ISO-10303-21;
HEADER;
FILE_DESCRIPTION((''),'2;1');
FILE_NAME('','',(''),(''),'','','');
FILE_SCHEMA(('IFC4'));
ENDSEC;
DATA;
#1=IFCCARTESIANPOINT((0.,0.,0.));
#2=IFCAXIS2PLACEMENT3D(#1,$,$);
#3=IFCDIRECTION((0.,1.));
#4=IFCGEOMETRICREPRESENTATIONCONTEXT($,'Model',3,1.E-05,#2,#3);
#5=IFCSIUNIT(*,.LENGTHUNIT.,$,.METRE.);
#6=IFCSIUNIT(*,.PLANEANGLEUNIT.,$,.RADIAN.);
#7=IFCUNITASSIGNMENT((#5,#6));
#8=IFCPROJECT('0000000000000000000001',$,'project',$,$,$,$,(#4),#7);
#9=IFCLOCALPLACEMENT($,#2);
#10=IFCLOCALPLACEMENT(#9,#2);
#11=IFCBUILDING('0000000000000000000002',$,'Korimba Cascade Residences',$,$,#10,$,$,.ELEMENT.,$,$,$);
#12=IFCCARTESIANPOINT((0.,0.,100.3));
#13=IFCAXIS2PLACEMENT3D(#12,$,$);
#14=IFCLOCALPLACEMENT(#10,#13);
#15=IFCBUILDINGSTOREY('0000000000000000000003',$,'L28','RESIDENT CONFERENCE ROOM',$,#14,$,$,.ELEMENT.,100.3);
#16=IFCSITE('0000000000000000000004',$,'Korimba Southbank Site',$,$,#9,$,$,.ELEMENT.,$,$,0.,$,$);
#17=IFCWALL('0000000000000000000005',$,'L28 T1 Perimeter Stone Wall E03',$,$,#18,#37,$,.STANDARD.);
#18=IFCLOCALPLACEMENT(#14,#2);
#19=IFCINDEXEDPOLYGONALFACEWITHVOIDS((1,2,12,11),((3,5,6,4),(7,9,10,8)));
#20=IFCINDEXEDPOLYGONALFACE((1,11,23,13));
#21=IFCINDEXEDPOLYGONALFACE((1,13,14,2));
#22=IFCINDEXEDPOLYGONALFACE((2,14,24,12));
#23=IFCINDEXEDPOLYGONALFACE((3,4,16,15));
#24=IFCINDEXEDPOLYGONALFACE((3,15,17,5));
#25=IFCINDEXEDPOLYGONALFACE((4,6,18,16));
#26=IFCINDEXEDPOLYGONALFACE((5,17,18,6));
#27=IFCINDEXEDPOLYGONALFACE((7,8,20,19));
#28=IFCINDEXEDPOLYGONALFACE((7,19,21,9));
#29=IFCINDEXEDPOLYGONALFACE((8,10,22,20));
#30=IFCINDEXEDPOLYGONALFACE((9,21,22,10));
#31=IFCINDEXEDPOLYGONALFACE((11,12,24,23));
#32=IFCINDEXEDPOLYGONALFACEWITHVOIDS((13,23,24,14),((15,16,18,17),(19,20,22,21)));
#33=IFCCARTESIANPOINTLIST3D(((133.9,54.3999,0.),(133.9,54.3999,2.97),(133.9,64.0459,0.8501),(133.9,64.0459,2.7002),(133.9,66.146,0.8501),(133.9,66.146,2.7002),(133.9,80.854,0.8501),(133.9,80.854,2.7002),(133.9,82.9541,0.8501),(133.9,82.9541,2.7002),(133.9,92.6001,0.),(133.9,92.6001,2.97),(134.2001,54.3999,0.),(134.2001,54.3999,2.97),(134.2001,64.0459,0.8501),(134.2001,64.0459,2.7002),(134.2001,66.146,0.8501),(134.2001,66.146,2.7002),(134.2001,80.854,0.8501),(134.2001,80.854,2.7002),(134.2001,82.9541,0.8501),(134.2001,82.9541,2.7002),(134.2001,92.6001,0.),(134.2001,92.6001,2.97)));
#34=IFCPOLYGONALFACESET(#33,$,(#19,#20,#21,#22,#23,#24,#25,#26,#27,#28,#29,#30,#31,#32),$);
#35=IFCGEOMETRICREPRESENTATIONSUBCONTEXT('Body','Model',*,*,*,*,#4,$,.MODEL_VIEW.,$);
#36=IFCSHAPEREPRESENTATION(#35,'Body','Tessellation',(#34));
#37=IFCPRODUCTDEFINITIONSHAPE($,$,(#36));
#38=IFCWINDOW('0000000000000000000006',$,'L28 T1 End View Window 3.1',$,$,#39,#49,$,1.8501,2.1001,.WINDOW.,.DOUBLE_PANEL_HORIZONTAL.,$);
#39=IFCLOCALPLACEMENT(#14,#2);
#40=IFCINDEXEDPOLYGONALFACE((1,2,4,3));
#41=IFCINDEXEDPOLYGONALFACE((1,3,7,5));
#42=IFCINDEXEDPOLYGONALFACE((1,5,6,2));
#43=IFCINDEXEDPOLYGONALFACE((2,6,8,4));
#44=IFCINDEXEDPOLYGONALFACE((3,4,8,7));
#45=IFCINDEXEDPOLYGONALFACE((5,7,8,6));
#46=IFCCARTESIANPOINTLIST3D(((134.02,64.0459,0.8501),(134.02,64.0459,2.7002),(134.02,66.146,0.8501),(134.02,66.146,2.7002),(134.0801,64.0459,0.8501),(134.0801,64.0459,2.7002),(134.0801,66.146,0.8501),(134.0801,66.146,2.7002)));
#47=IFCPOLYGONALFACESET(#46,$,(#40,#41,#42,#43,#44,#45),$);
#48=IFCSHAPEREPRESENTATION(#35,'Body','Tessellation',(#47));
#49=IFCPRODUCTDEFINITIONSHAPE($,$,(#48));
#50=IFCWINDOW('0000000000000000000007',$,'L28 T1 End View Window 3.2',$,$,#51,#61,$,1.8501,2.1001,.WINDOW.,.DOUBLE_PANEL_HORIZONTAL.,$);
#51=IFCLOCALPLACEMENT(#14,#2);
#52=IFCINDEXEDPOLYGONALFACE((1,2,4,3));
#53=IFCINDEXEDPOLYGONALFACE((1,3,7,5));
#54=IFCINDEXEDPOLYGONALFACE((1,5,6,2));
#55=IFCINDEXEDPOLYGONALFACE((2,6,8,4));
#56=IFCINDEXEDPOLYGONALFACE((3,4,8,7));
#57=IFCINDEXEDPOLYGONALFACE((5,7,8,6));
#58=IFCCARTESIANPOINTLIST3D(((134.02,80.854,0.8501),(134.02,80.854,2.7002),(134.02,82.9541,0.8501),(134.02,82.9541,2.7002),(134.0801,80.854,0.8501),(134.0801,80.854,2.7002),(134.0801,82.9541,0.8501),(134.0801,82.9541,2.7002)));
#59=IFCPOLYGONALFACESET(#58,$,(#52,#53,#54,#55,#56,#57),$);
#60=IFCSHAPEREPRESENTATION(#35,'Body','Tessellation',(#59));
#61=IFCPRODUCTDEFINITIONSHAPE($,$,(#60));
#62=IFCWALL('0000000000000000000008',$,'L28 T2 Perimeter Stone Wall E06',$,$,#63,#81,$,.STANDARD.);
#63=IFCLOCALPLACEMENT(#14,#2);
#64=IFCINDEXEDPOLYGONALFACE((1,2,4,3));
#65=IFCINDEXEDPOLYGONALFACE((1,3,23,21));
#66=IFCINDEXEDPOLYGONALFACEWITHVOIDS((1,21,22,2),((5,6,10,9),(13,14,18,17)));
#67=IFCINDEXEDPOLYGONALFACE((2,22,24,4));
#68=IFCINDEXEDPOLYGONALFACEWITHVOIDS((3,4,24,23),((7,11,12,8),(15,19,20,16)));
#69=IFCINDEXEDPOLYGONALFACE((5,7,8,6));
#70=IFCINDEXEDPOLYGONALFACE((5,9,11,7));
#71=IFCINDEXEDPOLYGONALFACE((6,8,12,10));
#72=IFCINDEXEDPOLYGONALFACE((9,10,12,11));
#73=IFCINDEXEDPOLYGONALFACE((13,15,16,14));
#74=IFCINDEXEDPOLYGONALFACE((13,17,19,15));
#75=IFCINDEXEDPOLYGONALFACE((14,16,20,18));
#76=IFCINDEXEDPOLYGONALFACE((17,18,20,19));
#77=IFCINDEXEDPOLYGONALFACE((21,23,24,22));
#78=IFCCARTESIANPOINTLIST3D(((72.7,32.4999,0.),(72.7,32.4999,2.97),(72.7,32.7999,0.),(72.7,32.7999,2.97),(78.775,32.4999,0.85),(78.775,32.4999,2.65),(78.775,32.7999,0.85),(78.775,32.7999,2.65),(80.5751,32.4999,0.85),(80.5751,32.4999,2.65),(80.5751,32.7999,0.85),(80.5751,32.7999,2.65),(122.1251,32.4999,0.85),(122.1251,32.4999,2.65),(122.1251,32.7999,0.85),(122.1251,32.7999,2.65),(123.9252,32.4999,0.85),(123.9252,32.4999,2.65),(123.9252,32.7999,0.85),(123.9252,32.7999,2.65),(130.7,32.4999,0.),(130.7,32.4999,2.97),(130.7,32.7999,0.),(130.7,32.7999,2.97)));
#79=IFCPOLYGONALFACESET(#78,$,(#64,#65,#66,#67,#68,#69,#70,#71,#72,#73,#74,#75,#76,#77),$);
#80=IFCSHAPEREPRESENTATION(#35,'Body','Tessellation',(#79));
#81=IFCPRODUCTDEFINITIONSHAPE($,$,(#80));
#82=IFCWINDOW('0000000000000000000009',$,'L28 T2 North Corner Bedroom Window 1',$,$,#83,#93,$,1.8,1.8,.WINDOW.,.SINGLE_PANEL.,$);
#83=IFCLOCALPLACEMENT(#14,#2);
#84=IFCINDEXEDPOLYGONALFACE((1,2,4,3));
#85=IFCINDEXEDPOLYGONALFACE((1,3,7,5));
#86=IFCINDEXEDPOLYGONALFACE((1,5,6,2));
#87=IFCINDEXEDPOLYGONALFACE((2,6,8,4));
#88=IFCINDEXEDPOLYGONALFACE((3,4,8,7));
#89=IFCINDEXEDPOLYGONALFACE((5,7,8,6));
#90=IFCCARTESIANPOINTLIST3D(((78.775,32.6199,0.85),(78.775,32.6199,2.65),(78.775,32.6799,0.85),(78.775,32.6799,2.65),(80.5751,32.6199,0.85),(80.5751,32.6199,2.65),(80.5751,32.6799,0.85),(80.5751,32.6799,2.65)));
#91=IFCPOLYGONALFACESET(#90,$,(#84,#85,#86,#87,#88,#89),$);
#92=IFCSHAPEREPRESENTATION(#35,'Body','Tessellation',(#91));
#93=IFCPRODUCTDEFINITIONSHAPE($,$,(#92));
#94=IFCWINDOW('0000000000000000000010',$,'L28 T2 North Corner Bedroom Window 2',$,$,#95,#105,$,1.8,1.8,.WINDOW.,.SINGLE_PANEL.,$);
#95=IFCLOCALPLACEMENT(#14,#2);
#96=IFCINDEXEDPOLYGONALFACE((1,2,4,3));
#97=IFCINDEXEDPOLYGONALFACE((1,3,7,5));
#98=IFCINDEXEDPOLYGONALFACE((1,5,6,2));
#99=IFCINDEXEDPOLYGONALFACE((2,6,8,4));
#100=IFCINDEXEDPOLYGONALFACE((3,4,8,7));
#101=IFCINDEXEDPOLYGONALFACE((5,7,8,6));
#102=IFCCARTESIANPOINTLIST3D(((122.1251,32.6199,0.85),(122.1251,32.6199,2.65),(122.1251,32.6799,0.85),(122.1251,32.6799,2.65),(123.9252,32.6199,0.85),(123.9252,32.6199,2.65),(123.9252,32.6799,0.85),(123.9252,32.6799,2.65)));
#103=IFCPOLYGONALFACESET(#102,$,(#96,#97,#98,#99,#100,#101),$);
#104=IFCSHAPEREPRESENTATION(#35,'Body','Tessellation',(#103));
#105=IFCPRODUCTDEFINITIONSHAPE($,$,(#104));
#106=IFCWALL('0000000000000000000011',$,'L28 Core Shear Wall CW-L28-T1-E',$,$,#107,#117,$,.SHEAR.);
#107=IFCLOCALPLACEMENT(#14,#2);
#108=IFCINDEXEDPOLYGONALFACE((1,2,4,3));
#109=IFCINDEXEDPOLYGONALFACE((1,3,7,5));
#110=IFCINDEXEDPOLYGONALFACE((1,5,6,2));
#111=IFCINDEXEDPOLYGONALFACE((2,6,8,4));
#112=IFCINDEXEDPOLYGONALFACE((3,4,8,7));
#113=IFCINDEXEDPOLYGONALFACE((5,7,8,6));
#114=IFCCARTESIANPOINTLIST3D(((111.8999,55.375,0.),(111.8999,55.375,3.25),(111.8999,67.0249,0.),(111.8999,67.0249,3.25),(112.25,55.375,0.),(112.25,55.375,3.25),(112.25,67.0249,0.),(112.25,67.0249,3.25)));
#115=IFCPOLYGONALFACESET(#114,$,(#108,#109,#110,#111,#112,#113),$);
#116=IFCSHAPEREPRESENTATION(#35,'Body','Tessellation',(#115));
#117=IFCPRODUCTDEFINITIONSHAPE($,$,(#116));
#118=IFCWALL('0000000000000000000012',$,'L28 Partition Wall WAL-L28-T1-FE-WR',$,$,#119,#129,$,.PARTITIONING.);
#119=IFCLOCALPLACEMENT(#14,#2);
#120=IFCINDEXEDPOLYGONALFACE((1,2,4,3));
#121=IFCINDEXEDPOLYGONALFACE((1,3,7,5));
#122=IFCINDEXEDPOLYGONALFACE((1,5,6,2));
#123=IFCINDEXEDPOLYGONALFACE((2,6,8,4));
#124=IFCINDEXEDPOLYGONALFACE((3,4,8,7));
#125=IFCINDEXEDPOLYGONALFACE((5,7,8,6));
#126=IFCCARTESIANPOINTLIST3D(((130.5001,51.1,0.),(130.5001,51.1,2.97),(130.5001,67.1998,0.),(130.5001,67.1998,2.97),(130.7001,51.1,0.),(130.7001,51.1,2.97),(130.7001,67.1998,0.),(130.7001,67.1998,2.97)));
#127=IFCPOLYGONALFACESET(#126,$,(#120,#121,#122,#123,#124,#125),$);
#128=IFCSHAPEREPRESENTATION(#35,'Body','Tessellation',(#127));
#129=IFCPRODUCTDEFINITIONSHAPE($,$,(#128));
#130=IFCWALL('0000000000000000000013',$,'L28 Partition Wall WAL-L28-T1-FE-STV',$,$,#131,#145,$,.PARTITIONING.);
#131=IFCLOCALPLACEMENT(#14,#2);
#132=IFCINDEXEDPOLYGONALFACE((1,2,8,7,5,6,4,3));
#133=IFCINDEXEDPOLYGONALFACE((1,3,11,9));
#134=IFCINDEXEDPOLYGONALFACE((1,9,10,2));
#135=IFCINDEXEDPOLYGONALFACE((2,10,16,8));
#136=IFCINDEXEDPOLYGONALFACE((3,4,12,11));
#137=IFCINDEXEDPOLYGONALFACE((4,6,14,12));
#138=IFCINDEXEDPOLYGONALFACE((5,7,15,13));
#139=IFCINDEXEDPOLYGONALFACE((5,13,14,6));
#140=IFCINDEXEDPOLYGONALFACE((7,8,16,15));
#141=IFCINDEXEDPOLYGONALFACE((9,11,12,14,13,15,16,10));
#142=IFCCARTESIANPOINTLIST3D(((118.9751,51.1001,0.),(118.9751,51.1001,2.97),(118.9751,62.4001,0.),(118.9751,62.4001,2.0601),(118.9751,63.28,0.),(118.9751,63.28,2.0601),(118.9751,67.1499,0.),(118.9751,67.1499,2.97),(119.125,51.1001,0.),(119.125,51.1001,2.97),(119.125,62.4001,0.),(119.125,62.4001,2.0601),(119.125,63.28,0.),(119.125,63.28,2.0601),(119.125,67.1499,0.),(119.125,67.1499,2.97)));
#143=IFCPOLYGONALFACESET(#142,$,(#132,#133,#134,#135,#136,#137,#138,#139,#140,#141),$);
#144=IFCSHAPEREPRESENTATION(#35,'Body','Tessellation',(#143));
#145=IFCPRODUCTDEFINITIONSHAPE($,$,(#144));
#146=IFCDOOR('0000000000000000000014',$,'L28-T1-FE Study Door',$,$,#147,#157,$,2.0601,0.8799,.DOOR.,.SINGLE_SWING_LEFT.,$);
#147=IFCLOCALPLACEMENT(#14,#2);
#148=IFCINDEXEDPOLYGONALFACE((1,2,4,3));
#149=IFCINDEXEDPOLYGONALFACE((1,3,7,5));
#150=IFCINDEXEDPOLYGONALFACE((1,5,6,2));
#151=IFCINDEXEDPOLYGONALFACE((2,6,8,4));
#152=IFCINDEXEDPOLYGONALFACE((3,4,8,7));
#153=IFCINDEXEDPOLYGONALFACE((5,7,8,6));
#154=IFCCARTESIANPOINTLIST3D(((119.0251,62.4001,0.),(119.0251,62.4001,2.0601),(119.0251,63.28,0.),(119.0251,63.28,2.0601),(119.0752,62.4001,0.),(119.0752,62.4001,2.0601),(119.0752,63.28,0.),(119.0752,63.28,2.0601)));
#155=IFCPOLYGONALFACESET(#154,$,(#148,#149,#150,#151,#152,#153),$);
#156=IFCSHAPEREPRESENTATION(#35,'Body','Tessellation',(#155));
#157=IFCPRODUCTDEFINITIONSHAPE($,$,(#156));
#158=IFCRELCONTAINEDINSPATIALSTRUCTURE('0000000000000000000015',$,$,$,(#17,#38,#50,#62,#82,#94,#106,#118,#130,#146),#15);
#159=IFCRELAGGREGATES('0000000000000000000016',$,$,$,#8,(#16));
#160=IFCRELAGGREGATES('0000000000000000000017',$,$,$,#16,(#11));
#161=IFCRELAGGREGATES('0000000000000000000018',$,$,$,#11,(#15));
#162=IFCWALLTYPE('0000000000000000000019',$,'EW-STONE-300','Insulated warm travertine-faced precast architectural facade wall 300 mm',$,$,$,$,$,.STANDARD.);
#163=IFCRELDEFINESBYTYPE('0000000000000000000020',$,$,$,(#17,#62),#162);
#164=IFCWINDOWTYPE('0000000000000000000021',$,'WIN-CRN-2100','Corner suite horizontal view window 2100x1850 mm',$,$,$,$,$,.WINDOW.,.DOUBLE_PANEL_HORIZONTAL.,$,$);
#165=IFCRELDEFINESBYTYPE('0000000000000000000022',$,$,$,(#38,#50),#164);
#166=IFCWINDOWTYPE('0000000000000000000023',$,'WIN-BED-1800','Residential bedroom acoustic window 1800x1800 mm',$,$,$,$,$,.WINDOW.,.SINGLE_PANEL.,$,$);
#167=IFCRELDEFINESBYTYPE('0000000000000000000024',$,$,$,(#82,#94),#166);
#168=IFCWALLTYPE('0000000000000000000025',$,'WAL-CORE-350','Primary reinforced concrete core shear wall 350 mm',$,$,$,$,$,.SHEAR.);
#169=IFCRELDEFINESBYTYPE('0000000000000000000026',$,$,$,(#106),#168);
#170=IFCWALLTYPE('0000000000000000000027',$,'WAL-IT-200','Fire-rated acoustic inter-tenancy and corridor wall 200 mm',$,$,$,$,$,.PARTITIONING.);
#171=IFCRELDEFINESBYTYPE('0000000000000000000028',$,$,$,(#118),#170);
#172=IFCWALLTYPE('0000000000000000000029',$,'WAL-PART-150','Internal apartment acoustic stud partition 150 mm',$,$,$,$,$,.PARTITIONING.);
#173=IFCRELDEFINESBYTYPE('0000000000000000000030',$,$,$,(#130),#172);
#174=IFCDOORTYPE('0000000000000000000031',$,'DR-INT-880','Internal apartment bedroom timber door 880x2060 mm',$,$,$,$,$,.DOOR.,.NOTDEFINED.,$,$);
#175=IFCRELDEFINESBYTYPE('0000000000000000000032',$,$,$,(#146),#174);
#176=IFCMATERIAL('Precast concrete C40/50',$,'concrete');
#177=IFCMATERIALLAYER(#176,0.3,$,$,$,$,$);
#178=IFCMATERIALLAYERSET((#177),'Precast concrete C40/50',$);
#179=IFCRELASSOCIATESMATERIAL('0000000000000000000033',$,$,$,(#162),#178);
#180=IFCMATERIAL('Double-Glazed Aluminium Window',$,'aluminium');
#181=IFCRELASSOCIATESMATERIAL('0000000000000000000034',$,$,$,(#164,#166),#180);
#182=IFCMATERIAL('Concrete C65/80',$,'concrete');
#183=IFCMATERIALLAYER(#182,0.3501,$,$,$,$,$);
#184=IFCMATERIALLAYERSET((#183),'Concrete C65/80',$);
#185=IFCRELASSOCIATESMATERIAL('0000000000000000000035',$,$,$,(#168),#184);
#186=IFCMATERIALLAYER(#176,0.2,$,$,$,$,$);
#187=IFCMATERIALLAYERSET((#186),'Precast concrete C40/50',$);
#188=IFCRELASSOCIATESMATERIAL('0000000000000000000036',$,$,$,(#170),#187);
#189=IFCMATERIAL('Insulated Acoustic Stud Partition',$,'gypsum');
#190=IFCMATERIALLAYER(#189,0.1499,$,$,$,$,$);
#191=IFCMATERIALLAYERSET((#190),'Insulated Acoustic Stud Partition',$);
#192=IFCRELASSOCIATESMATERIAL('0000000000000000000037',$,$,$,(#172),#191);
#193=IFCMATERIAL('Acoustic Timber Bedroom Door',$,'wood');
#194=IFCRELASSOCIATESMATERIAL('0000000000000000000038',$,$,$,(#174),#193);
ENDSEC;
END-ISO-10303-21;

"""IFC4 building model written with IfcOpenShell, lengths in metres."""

from ifc_helpers import new_model, si_unit, direction, frame, frame_2d, origin, place, context, subcontext, project, spatial, rectangle, extrude, material, layer, layer_set, type_object, element, fill, save


model = new_model("IFC4")

# Units and contexts
model_context = context("Model", 3, precision=1e-05, world=origin(), true_north=direction((0.0, 1.0)))
body_context = subcontext(model_context, "Body", "Model", "MODEL_VIEW")
ifc_project = project(units=[si_unit("LENGTHUNIT", "METRE"), si_unit("PLANEANGLEUNIT", "RADIAN")], contexts=[model_context])

# Site, building, storey
site_placement = place(None, origin())
site = spatial("IfcSite", under=ifc_project, at=site_placement, Name="Korimba Southbank Site", CompositionType="ELEMENT", RefElevation=0.0)
building_placement = place(site_placement, origin())
building = spatial("IfcBuilding", under=site, at=building_placement, Name="Korimba Cascade Residences", CompositionType="ELEMENT")
storey_placement = place(building_placement, frame((0.0, 0.0, 100.3)))
storey = spatial("IfcBuildingStorey", under=building, at=storey_placement, Name="L28", Description="RESIDENT CONFERENCE ROOM", CompositionType="ELEMENT", Elevation=100.3)

# Shared definitions
ifc_material_1 = material(Name="Concrete C65/80", Category="concrete")

# Shared definitions
ifc_material_2 = material(Name="Precast concrete C40/50", Category="concrete")
ifc_layer_1 = layer(ifc_material_2, 0.3)
ifc_layer_set_1 = layer_set([ifc_layer_1], Name="Precast concrete C40/50")
wall_type_1 = type_object("IfcWallType", Name="EW-STONE-300", Description="Insulated warm travertine-faced precast architectural facade wall 300 mm", PredefinedType="STANDARD", material=ifc_layer_set_1)

# Walls, openings, windows
wall_1_placement = place(storey_placement, frame((134.05, 54.3999, 0.0), z_axis=(0.0, 0.0, 1.0), x_axis=(0.0, 1.0, 0.0)))
wall_1 = element("IfcWall", 1, at=wall_1_placement, inside=storey, type_object=wall_type_1, Name="L28 T1 Perimeter Stone Wall E03", PredefinedType="STANDARD", context=body_context, shape_type="SweptSolid", body=[
    extrude(rectangle(XDim=38.2002, YDim=0.3, at=frame_2d((19.1001, 0.0))), origin(), (0.0, 0.0, 1.0), 2.97),
])
opening_1_placement = place(wall_1_placement, frame((9.646, 0.0, 0.8501)))
opening_1 = element("IfcOpeningElement", 2, at=opening_1_placement, cuts=wall_1, PredefinedType="OPENING", context=body_context, shape_type="SweptSolid", body=[
    extrude(rectangle(XDim=2.1001, YDim=1.8501, at=frame_2d((1.05, 0.925))), frame((0.0, 0.1602, 0.0), z_axis=(0.0, -1.0, 0.0), x_axis=(1.0, 0.0, 0.0)), (0.0, 0.0, 1.0), 0.3201),
])
opening_2_placement = place(wall_1_placement, frame((26.4541, 0.0, 0.8501)))
opening_2 = element("IfcOpeningElement", 3, at=opening_2_placement, cuts=wall_1, PredefinedType="OPENING", context=body_context, shape_type="SweptSolid", body=[
    extrude(rectangle(XDim=2.1001, YDim=1.8501, at=frame_2d((1.05, 0.925))), frame((0.0, 0.1602, 0.0), z_axis=(0.0, -1.0, 0.0), x_axis=(1.0, 0.0, 0.0)), (0.0, 0.0, 1.0), 0.3201),
])
ifc_material_3 = material(Name="Double-Glazed Aluminium Window", Category="aluminium")
window_type_1 = type_object("IfcWindowType", Name="WIN-CRN-2100", Description="Corner suite horizontal view window 2100x1850 mm", PartitioningType="DOUBLE_PANEL_HORIZONTAL", PredefinedType="WINDOW", material=ifc_material_3)
window_1_placement = place(opening_1_placement, origin())
window_1 = element("IfcWindow", 4, at=window_1_placement, inside=storey, type_object=window_type_1, Name="L28 T1 End View Window 3.1", OverallHeight=1.8501, OverallWidth=2.1001, PartitioningType="DOUBLE_PANEL_HORIZONTAL", PredefinedType="WINDOW", context=body_context, shape_type="SweptSolid", body=[
    extrude(rectangle(XDim=2.1001, YDim=1.8501, at=frame_2d((1.05, 0.925))), frame((0.0, 0.03, 0.0), z_axis=(0.0, -1.0, 0.0), x_axis=(1.0, 0.0, 0.0)), (0.0, 0.0, 1.0), 0.0601),
])
fill(opening_1, window_1)
window_2_placement = place(opening_2_placement, origin())
window_2 = element("IfcWindow", 5, at=window_2_placement, inside=storey, type_object=window_type_1, Name="L28 T1 End View Window 3.2", OverallHeight=1.8501, OverallWidth=2.1001, PartitioningType="DOUBLE_PANEL_HORIZONTAL", PredefinedType="WINDOW", context=body_context, shape_type="SweptSolid", body=[
    extrude(rectangle(XDim=2.1001, YDim=1.8501, at=frame_2d((1.05, 0.925))), frame((0.0, 0.03, 0.0), z_axis=(0.0, -1.0, 0.0), x_axis=(1.0, 0.0, 0.0)), (0.0, 0.0, 1.0), 0.0601),
])
fill(opening_2, window_2)
wall_2_placement = place(storey_placement, frame((130.7, 32.6499, 0.0), z_axis=(0.0, 0.0, 1.0), x_axis=(-1.0, 0.0, 0.0)))
wall_2 = element("IfcWall", 6, at=wall_2_placement, inside=storey, type_object=wall_type_1, Name="L28 T2 Perimeter Stone Wall E06", PredefinedType="STANDARD", context=body_context, shape_type="SweptSolid", body=[
    extrude(rectangle(XDim=58.0, YDim=0.3, at=frame_2d((29.0, 0.0))), origin(), (0.0, 0.0, 1.0), 2.97),
])
opening_3_placement = place(wall_2_placement, frame((50.125, 0.0, 0.8501)))
opening_3 = element("IfcOpeningElement", 7, at=opening_3_placement, cuts=wall_2, PredefinedType="OPENING", context=body_context, shape_type="SweptSolid", body=[
    extrude(rectangle(XDim=1.8, YDim=1.8, at=frame_2d((0.8999, 0.8999))), frame((0.0, 0.1602, 0.0), z_axis=(0.0, -1.0, 0.0), x_axis=(1.0, 0.0, 0.0)), (0.0, 0.0, 1.0), 0.3201),
])
opening_4_placement = place(wall_2_placement, frame((6.7749, 0.0, 0.8501)))
opening_4 = element("IfcOpeningElement", 8, at=opening_4_placement, cuts=wall_2, PredefinedType="OPENING", context=body_context, shape_type="SweptSolid", body=[
    extrude(rectangle(XDim=1.8, YDim=1.8, at=frame_2d((0.8999, 0.8999))), frame((0.0, 0.1602, 0.0), z_axis=(0.0, -1.0, 0.0), x_axis=(1.0, 0.0, 0.0)), (0.0, 0.0, 1.0), 0.3201),
])
window_type_2 = type_object("IfcWindowType", Name="WIN-BED-1800", Description="Residential bedroom acoustic window 1800x1800 mm", PartitioningType="SINGLE_PANEL", PredefinedType="WINDOW", material=ifc_material_3)
window_3_placement = place(opening_3_placement, origin())
window_3 = element("IfcWindow", 9, at=window_3_placement, inside=storey, type_object=window_type_2, Name="L28 T2 North Corner Bedroom Window 1", OverallHeight=1.8, OverallWidth=1.8, PartitioningType="SINGLE_PANEL", PredefinedType="WINDOW", context=body_context, shape_type="SweptSolid", body=[
    extrude(rectangle(XDim=1.8, YDim=1.8, at=frame_2d((0.8999, 0.8999))), frame((0.0, 0.03, 0.0), z_axis=(0.0, -1.0, 0.0), x_axis=(1.0, 0.0, 0.0)), (0.0, 0.0, 1.0), 0.0601),
])
fill(opening_3, window_3)
window_4_placement = place(opening_4_placement, origin())
window_4 = element("IfcWindow", 10, at=window_4_placement, inside=storey, type_object=window_type_2, Name="L28 T2 North Corner Bedroom Window 2", OverallHeight=1.8, OverallWidth=1.8, PartitioningType="SINGLE_PANEL", PredefinedType="WINDOW", context=body_context, shape_type="SweptSolid", body=[
    extrude(rectangle(XDim=1.8, YDim=1.8, at=frame_2d((0.8999, 0.8999))), frame((0.0, 0.03, 0.0), z_axis=(0.0, -1.0, 0.0), x_axis=(1.0, 0.0, 0.0)), (0.0, 0.0, 1.0), 0.0601),
])
fill(opening_4, window_4)

# Walls
ifc_layer_2 = layer(ifc_material_1, 0.3501)
ifc_layer_set_2 = layer_set([ifc_layer_2], Name="Concrete C65/80")
wall_type_2 = type_object("IfcWallType", Name="WAL-CORE-350", Description="Primary reinforced concrete core shear wall 350 mm", PredefinedType="SHEAR", material=ifc_layer_set_2)
wall_3_placement = place(storey_placement, frame((112.075, 55.375, 0.0), z_axis=(0.0, 0.0, 1.0), x_axis=(0.0, 1.0, 0.0)))
element("IfcWall", 11, at=wall_3_placement, inside=storey, type_object=wall_type_2, Name="L28 Core Shear Wall CW-L28-T1-E", PredefinedType="SHEAR", context=body_context, shape_type="SweptSolid", body=[
    extrude(rectangle(XDim=11.6499, YDim=0.3501, at=frame_2d((5.825, 0.0))), origin(), (0.0, 0.0, 1.0), 3.25),
])
ifc_layer_3 = layer(ifc_material_2, 0.2)
ifc_layer_set_3 = layer_set([ifc_layer_3], Name="Precast concrete C40/50")
wall_type_3 = type_object("IfcWallType", Name="WAL-IT-200", Description="Fire-rated acoustic inter-tenancy and corridor wall 200 mm", PredefinedType="PARTITIONING", material=ifc_layer_set_3)
wall_4_placement = place(storey_placement, frame((130.6001, 51.1001, 0.0), z_axis=(0.0, 0.0, 1.0), x_axis=(0.0, 1.0, 0.0)))
element("IfcWall", 12, at=wall_4_placement, inside=storey, type_object=wall_type_3, Name="L28 Partition Wall WAL-L28-T1-FE-WR", PredefinedType="PARTITIONING", context=body_context, shape_type="SweptSolid", body=[
    extrude(rectangle(XDim=16.0999, YDim=0.2, at=frame_2d((8.0498, 0.0))), origin(), (0.0, 0.0, 1.0), 2.97),
])

# Wall, opening, door
ifc_material_4 = material(Name="Insulated Acoustic Stud Partition", Category="gypsum")
ifc_layer_4 = layer(ifc_material_4, 0.1499)
ifc_layer_set_4 = layer_set([ifc_layer_4], Name="Insulated Acoustic Stud Partition")
wall_type_4 = type_object("IfcWallType", Name="WAL-PART-150", Description="Internal apartment acoustic stud partition 150 mm", PredefinedType="PARTITIONING", material=ifc_layer_set_4)
wall_5_placement = place(storey_placement, frame((119.05, 51.1001, 0.0), z_axis=(0.0, 0.0, 1.0), x_axis=(0.0, 1.0, 0.0)))
wall_5 = element("IfcWall", 13, at=wall_5_placement, inside=storey, type_object=wall_type_4, Name="L28 Partition Wall WAL-L28-T1-FE-STV", PredefinedType="PARTITIONING", context=body_context, shape_type="SweptSolid", body=[
    extrude(rectangle(XDim=16.0498, YDim=0.1499, at=frame_2d((8.0249, 0.0))), origin(), (0.0, 0.0, 1.0), 2.97),
])
opening_5_placement = place(wall_5_placement, frame((11.3, 0.0, 0.0)))
opening_5 = element("IfcOpeningElement", 14, at=opening_5_placement, cuts=wall_5, PredefinedType="OPENING", context=body_context, shape_type="SweptSolid", body=[
    extrude(rectangle(XDim=0.8799, YDim=2.0601, at=frame_2d((0.4399, 1.03))), frame((0.0, 0.085, 0.0), z_axis=(0.0, -1.0, 0.0), x_axis=(1.0, 0.0, 0.0)), (0.0, 0.0, 1.0), 0.1699),
])
ifc_material_5 = material(Name="Acoustic Timber Bedroom Door", Category="wood")
door_type = type_object("IfcDoorType", Name="DR-INT-880", Description="Internal apartment bedroom timber door 880x2060 mm", OperationType="NOTDEFINED", PredefinedType="DOOR", material=ifc_material_5)
door_placement = place(opening_5_placement, origin())
door = element("IfcDoor", 15, at=door_placement, inside=storey, type_object=door_type, Name="L28-T1-FE Study Door", OperationType="SINGLE_SWING_LEFT", OverallHeight=2.0601, OverallWidth=0.8799, PredefinedType="DOOR", context=body_context, shape_type="SweptSolid", body=[
    extrude(rectangle(XDim=0.8799, YDim=2.0601, at=frame_2d((0.4399, 1.03))), frame((0.0, 0.0249, 0.0), z_axis=(0.0, -1.0, 0.0), x_axis=(1.0, 0.0, 0.0)), (0.0, 0.0, 1.0), 0.05),
])
fill(opening_5, door)

save(model, "model.ifc")
